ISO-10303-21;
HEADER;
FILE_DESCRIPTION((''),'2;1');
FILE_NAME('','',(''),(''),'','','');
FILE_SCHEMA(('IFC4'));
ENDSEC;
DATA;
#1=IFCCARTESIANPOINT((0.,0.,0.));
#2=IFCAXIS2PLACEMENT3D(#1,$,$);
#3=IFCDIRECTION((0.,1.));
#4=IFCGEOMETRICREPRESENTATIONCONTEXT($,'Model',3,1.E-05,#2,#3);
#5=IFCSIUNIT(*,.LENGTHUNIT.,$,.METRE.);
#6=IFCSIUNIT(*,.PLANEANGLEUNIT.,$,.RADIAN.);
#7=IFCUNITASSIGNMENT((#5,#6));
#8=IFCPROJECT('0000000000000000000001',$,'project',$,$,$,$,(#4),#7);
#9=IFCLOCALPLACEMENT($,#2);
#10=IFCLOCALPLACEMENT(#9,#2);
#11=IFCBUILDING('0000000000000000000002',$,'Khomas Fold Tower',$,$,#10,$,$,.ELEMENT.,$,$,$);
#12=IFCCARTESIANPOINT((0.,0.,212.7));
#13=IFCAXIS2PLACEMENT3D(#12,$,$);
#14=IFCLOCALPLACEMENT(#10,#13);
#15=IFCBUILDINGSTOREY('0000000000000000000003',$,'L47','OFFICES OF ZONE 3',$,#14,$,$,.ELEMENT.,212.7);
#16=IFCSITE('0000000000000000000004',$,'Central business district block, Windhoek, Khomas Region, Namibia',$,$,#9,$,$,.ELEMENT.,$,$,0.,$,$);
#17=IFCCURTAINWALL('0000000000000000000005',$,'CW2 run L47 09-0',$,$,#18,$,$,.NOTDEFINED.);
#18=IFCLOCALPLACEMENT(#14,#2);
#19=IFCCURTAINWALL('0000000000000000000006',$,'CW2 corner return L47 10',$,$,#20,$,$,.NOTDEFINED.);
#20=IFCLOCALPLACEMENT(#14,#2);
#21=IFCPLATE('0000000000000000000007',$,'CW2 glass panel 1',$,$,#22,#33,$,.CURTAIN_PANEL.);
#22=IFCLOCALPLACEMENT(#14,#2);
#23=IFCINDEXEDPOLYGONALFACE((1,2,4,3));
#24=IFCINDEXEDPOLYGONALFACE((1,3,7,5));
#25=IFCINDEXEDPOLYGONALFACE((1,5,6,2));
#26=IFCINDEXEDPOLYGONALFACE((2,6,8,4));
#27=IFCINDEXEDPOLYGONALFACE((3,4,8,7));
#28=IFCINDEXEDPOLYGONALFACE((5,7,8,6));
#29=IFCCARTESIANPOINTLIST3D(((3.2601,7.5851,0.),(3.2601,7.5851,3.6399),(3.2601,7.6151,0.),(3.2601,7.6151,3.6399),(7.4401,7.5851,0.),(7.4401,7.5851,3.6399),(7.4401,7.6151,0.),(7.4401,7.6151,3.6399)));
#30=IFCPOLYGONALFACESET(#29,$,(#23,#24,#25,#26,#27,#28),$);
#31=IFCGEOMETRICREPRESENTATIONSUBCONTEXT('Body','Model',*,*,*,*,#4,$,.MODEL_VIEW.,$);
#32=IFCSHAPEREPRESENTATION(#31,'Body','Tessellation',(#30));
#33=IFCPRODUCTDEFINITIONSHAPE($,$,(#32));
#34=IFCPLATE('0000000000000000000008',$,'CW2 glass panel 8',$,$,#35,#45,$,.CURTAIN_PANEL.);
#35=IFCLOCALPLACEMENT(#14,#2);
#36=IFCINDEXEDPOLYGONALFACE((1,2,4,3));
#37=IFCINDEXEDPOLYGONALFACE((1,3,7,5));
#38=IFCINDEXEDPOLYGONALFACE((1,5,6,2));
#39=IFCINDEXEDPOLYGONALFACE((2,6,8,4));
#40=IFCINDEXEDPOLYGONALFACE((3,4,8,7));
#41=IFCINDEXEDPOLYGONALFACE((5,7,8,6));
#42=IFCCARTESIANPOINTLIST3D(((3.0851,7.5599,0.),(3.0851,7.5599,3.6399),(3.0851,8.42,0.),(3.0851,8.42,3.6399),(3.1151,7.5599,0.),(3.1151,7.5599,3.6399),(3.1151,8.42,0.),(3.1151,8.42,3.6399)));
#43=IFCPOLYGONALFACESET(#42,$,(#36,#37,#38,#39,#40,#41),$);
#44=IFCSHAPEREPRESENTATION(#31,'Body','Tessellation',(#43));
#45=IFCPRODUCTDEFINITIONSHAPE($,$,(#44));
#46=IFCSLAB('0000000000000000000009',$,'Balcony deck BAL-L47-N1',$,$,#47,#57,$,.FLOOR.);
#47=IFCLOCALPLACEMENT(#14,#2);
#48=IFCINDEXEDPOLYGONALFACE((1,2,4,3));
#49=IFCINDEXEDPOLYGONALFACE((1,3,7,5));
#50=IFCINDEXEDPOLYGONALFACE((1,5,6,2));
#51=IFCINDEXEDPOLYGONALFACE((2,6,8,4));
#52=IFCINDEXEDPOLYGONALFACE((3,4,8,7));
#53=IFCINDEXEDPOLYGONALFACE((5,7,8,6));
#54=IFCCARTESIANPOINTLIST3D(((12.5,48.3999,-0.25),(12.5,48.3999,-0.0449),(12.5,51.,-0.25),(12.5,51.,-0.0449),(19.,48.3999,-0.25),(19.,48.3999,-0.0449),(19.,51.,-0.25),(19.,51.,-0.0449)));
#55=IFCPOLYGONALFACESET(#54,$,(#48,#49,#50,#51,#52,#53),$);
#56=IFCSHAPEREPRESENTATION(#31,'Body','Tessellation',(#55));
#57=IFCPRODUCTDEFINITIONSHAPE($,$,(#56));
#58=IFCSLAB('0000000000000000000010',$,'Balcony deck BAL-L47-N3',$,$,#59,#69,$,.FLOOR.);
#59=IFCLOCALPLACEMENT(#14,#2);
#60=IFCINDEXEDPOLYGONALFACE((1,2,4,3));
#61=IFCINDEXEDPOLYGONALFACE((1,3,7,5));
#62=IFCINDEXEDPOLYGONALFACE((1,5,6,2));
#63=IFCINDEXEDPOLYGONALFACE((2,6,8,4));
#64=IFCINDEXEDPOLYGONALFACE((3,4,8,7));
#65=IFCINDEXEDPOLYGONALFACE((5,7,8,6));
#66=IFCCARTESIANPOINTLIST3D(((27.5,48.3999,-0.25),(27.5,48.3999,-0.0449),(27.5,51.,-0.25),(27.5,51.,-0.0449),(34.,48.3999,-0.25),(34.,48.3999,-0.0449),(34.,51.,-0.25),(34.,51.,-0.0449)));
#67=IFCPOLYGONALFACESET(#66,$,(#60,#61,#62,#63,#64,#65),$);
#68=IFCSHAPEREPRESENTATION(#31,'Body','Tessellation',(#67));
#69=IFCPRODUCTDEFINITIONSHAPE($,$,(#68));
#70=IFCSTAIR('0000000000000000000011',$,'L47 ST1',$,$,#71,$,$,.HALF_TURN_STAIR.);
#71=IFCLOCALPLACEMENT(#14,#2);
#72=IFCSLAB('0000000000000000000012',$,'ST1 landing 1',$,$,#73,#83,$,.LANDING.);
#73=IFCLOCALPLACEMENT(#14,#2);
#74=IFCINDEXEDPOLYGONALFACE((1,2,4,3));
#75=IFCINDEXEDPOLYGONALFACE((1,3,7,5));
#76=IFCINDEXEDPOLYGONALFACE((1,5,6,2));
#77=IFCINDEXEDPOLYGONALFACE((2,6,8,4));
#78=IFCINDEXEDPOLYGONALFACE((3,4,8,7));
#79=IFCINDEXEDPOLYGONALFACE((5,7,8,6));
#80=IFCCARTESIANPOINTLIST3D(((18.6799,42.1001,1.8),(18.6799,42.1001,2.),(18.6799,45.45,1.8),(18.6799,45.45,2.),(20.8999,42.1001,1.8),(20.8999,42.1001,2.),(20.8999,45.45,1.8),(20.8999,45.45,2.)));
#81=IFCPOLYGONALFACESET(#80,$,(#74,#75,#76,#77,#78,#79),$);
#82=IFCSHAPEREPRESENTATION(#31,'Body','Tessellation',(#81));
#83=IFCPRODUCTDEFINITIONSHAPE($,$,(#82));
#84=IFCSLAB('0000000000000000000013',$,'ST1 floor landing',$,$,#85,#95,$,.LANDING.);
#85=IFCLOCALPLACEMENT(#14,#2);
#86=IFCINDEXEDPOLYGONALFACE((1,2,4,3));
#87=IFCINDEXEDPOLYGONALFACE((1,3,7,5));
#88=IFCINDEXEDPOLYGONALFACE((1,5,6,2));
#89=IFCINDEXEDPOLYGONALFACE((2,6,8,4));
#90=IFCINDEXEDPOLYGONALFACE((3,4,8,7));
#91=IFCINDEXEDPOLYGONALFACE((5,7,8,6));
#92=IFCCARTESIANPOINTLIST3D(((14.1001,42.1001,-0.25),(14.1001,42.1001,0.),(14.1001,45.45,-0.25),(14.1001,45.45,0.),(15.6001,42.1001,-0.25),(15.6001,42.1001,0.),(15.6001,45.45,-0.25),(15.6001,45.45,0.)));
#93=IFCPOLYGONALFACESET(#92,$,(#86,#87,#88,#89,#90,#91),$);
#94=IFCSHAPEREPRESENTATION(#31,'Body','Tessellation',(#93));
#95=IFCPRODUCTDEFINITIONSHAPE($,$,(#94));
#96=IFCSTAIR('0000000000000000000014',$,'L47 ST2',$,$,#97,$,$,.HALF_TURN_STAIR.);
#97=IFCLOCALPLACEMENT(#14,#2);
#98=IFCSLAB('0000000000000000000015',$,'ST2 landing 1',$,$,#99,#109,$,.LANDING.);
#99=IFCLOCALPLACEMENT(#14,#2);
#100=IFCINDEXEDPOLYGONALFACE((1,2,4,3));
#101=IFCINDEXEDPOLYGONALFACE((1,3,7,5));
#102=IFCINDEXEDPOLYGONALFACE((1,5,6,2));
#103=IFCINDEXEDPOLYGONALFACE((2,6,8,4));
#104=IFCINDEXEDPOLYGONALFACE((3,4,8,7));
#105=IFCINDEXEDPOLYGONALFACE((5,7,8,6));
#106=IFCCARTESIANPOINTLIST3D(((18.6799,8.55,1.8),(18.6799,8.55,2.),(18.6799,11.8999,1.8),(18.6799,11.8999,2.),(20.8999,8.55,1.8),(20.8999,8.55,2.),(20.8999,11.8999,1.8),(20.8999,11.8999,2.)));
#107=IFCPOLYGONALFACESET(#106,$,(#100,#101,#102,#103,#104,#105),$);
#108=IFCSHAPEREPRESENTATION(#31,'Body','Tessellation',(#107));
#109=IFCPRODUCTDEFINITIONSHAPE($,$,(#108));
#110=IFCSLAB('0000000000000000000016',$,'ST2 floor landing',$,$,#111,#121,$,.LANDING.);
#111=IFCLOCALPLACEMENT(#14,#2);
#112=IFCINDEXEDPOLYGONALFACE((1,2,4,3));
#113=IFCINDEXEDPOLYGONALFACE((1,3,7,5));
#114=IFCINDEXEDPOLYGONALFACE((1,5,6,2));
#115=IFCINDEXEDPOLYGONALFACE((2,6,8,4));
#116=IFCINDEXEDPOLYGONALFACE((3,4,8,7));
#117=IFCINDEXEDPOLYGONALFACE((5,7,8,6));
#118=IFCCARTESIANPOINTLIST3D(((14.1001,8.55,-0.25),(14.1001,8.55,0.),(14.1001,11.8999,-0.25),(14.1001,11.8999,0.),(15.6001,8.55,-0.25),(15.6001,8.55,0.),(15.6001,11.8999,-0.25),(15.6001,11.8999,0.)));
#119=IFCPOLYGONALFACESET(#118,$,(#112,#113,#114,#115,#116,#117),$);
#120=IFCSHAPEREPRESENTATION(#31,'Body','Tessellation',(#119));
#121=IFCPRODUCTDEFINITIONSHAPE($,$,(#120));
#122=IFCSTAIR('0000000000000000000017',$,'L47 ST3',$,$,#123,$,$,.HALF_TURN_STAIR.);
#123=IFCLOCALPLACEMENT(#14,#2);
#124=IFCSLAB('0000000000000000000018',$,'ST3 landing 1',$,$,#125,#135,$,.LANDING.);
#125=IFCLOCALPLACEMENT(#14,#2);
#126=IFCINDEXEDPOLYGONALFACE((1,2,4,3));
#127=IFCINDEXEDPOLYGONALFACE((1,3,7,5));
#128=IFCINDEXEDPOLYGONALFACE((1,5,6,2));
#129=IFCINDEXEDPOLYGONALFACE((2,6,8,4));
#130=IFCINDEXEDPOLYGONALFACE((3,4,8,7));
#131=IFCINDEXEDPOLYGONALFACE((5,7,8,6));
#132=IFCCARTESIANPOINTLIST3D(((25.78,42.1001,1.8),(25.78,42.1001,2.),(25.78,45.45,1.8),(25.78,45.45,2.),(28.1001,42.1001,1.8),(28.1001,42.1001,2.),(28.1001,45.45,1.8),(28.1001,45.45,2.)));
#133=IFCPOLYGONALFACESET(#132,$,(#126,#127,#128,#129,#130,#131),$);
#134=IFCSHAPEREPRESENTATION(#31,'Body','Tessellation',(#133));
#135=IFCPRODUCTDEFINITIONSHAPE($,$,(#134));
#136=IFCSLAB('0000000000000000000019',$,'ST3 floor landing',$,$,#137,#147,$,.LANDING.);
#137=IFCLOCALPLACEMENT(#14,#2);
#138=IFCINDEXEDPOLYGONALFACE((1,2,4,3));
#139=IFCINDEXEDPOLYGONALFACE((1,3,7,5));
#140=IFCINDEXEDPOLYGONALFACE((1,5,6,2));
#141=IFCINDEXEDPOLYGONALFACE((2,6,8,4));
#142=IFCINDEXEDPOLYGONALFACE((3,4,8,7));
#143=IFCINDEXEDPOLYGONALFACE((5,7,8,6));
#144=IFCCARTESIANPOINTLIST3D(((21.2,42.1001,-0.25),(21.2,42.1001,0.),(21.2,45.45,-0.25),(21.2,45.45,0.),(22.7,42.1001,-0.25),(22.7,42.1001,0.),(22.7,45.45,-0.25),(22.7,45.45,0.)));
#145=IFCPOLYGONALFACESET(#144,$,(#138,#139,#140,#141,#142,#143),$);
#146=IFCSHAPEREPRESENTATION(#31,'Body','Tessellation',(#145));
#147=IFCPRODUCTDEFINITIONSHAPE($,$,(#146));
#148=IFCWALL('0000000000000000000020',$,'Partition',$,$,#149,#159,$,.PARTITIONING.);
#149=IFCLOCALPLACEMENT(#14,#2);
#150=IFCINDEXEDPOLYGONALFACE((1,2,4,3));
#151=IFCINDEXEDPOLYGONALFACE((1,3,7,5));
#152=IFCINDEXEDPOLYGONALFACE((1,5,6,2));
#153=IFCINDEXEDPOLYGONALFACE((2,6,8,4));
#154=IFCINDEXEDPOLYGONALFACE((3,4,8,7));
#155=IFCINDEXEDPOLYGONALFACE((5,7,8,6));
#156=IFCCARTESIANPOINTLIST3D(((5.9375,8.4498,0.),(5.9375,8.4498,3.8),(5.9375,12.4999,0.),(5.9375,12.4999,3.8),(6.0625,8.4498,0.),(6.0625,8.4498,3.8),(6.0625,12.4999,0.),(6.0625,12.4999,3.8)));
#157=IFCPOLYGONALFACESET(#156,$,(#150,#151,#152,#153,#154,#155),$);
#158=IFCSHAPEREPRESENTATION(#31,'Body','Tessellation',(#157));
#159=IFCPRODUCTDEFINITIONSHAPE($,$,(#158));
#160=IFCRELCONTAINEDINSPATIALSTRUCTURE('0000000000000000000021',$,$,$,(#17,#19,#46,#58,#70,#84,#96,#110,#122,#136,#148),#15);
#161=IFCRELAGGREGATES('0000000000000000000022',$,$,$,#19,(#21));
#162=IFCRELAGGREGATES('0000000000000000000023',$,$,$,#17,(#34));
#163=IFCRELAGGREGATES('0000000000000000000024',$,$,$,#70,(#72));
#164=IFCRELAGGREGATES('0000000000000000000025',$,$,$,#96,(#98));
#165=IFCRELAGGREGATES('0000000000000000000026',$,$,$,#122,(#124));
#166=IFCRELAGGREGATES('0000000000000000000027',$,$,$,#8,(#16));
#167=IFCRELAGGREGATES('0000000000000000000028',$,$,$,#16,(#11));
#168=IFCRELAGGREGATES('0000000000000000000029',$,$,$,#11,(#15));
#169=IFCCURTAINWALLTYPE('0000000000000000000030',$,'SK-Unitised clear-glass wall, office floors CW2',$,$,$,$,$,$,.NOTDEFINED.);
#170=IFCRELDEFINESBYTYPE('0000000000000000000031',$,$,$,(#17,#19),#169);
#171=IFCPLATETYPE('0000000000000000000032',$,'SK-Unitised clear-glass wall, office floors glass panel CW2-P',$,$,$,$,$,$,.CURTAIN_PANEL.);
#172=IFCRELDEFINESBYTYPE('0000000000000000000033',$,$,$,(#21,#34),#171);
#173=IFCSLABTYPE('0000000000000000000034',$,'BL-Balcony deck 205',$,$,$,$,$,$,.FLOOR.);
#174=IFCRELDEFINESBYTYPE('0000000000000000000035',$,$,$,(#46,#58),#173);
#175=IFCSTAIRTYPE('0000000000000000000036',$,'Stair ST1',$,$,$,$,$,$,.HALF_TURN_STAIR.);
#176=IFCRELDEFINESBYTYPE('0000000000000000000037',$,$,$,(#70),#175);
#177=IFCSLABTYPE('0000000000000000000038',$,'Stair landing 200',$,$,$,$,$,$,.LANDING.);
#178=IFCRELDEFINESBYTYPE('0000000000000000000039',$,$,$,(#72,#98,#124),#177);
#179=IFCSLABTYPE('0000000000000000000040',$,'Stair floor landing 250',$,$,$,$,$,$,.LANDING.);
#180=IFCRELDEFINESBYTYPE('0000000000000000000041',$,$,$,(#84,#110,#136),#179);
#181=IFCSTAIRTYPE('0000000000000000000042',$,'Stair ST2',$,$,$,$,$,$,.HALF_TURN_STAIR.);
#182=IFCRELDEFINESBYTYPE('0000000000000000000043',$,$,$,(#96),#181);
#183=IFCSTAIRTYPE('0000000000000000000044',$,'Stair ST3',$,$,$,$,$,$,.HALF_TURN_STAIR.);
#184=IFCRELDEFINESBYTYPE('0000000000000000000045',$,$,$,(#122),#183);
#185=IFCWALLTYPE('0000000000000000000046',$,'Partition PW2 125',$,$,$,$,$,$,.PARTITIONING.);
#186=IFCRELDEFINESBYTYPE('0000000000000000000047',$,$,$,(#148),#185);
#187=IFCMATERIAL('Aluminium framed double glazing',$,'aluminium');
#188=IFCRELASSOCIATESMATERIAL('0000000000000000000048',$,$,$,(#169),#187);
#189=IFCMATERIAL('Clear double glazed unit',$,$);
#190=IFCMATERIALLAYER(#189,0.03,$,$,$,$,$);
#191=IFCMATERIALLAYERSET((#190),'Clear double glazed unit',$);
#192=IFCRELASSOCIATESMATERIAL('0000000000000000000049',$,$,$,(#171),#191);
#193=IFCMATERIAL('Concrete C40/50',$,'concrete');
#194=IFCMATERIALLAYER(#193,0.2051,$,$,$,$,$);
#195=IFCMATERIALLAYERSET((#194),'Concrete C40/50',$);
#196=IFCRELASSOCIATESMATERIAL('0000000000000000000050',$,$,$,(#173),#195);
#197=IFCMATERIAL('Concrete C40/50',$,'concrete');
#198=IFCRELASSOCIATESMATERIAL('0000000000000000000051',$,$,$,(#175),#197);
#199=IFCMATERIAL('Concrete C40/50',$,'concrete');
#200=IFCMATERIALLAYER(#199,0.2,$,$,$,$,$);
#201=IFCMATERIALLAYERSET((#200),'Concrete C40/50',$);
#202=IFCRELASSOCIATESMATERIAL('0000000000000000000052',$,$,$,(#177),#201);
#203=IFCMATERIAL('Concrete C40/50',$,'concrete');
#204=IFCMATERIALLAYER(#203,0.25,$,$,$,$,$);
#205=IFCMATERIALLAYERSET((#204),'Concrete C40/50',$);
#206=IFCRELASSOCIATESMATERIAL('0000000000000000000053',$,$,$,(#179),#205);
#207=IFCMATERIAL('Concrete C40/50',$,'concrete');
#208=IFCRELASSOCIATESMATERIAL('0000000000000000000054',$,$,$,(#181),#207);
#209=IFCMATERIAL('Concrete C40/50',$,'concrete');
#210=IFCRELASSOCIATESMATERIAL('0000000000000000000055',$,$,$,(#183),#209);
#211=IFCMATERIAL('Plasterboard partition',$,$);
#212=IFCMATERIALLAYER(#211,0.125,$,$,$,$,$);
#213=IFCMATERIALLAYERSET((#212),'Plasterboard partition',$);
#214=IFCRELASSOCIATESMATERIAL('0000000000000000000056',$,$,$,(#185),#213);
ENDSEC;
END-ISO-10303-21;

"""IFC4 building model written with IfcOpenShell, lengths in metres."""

from ifc_helpers import new_model, si_unit, direction, frame, frame_2d, origin, origin_2d, place, context, subcontext, project, spatial, polyline, rectangle, outline, extrude, source, transform, mapped, material, layer, layer_set, type_object, element, aggregate, save


model = new_model("IFC4")

# Units and contexts
model_context = context("Model", 3, precision=1e-05, world=origin(), true_north=direction((0.0, 1.0)))
body_context = subcontext(model_context, "Body", "Model", "MODEL_VIEW")
ifc_project = project(units=[si_unit("LENGTHUNIT", "METRE"), si_unit("PLANEANGLEUNIT", "RADIAN")], contexts=[model_context])

# Site, building, storey
site_placement = place(None, origin())
site = spatial("IfcSite", under=ifc_project, at=site_placement, Name="Central business district block, Windhoek, Khomas Region, Namibia", CompositionType="ELEMENT", RefElevation=0.0)
building_placement = place(site_placement, origin())
building = spatial("IfcBuilding", under=site, at=building_placement, Name="Khomas Fold Tower", CompositionType="ELEMENT")
storey_placement = place(building_placement, frame((0.0, 0.0, 212.7)))
storey = spatial("IfcBuildingStorey", under=building, at=storey_placement, Name="L47", Description="OFFICES OF ZONE 3", CompositionType="ELEMENT", Elevation=212.7)

# Curtain walls
ifc_material_1 = material(Name="Aluminium framed double glazing", Category="aluminium")
curtain_wall_type = type_object("IfcCurtainWallType", Name="SK-Unitised clear-glass wall, office floors CW2", PredefinedType="NOTDEFINED", material=ifc_material_1)
curtain_wall_1_placement = place(storey_placement, origin())
curtain_wall_1 = element("IfcCurtainWall", 1, at=curtain_wall_1_placement, inside=storey, type_object=curtain_wall_type, Name="CW2 run L47 09-0", PredefinedType="NOTDEFINED")
curtain_wall_2_placement = place(storey_placement, origin())
curtain_wall_2 = element("IfcCurtainWall", 2, at=curtain_wall_2_placement, inside=storey, type_object=curtain_wall_type, Name="CW2 corner return L47 10", PredefinedType="NOTDEFINED")

# Plates
ifc_material_2 = material(Name="Clear double glazed unit")
ifc_layer_1 = layer(ifc_material_2, 0.03)
ifc_layer_set_1 = layer_set([ifc_layer_1], Name="Clear double glazed unit")
plate_type_1 = type_object("IfcPlateType", Name="SK-Unitised clear-glass wall, office floors glass panel CW2-P", PredefinedType="CURTAIN_PANEL", material=ifc_layer_set_1)
shared_shape_1 = source(origin(), body_context, "Body", "SweptSolid", [
    extrude(rectangle(XDim=4.1799, YDim=0.03, at=origin_2d()), origin(), (0.0, 0.0, 1.0), 3.6399),
])
plate_1_placement = place(storey_placement, frame((5.3501, 7.6001, 0.0), z_axis=(0.0, 0.0, 1.0), x_axis=(1.0, 0.0, 0.0)))
plate_1 = element("IfcPlate", 3, at=plate_1_placement, type_object=plate_type_1, Name="CW2 glass panel 1", PredefinedType="CURTAIN_PANEL", context=body_context, shape_type="MappedRepresentation", body=[
    mapped(shared_shape_1, transform((0.0, 0.0, 0.0))),
])
aggregate(curtain_wall_2, [plate_1])
shared_shape_2 = source(origin(), body_context, "Body", "SweptSolid", [
    extrude(rectangle(XDim=0.8601, YDim=0.03, at=origin_2d()), origin(), (0.0, 0.0, 1.0), 3.6399),
])
plate_2_placement = place(storey_placement, frame((3.1001, 7.99, 0.0), z_axis=(0.0, 0.0, 1.0), x_axis=(0.0, -1.0, 0.0)))
plate_2 = element("IfcPlate", 4, at=plate_2_placement, type_object=plate_type_1, Name="CW2 glass panel 8", PredefinedType="CURTAIN_PANEL", context=body_context, shape_type="MappedRepresentation", body=[
    mapped(shared_shape_2, transform((0.0, 0.0, 0.0))),
])
aggregate(curtain_wall_1, [plate_2])

# Slabs
ifc_material_3 = material(Name="Concrete C40/50", Category="concrete")
ifc_layer_2 = layer(ifc_material_3, 0.2051)
ifc_layer_set_2 = layer_set([ifc_layer_2], Name="Concrete C40/50")
slab_type_1 = type_object("IfcSlabType", Name="BL-Balcony deck 205", PredefinedType="FLOOR", material=ifc_layer_set_2)
shared_shape_3 = source(origin(), body_context, "Body", "SweptSolid", [
    extrude(outline(polyline([(12.5, 48.3999), (19.0, 48.3999), (19.0, 51.0), (12.5, 51.0), (12.5, 48.3999)])), origin(), (0.0, 0.0, 1.0), 0.2051),
])
slab_1_placement = place(storey_placement, frame((0.0, 0.0, -0.25)))
element("IfcSlab", 5, at=slab_1_placement, inside=storey, type_object=slab_type_1, Name="Balcony deck BAL-L47-N1", PredefinedType="FLOOR", context=body_context, shape_type="MappedRepresentation", body=[
    mapped(shared_shape_3, transform((0.0, 0.0, 0.0))),
])
shared_shape_4 = source(origin(), body_context, "Body", "SweptSolid", [
    extrude(outline(polyline([(27.5, 48.3999), (34.0, 48.3999), (34.0, 51.0), (27.5, 51.0), (27.5, 48.3999)])), origin(), (0.0, 0.0, 1.0), 0.2051),
])
slab_2_placement = place(storey_placement, frame((0.0, 0.0, -0.25)))
element("IfcSlab", 6, at=slab_2_placement, inside=storey, type_object=slab_type_1, Name="Balcony deck BAL-L47-N3", PredefinedType="FLOOR", context=body_context, shape_type="MappedRepresentation", body=[
    mapped(shared_shape_4, transform((0.0, 0.0, 0.0))),
])

# Stair, slab
ifc_material_4 = material(Name="Concrete C40/50", Category="concrete")
stair_type_1 = type_object("IfcStairType", Name="Stair ST1", PredefinedType="HALF_TURN_STAIR", material=ifc_material_4)
stair_1_placement = place(storey_placement, origin())
stair_1 = element("IfcStair", 7, at=stair_1_placement, inside=storey, type_object=stair_type_1, Name="L47 ST1", PredefinedType="HALF_TURN_STAIR")
ifc_material_5 = material(Name="Concrete C40/50", Category="concrete")
ifc_layer_3 = layer(ifc_material_5, 0.2)
ifc_layer_set_3 = layer_set([ifc_layer_3], Name="Concrete C40/50")
slab_type_2 = type_object("IfcSlabType", Name="Stair landing 200", PredefinedType="LANDING", material=ifc_layer_set_3)
shared_shape_5 = source(origin(), body_context, "Body", "SweptSolid", [
    extrude(outline(polyline([(18.6799, 42.1001), (20.8999, 42.1001), (20.8999, 45.45), (18.6799, 45.45), (18.6799, 42.1001)])), origin(), (0.0, 0.0, 1.0), 0.2),
])
slab_3_placement = place(storey_placement, frame((0.0, 0.0, 1.8)))
slab_3 = element("IfcSlab", 8, at=slab_3_placement, type_object=slab_type_2, Name="ST1 landing 1", PredefinedType="LANDING", context=body_context, shape_type="MappedRepresentation", body=[
    mapped(shared_shape_5, transform((0.0, 0.0, 0.0))),
])
aggregate(stair_1, [slab_3])

# Slab
ifc_material_6 = material(Name="Concrete C40/50", Category="concrete")
ifc_layer_4 = layer(ifc_material_6, 0.25)
ifc_layer_set_4 = layer_set([ifc_layer_4], Name="Concrete C40/50")
slab_type_3 = type_object("IfcSlabType", Name="Stair floor landing 250", PredefinedType="LANDING", material=ifc_layer_set_4)
shared_shape_6 = source(origin(), body_context, "Body", "SweptSolid", [
    extrude(outline(polyline([(15.6001, 42.1001), (14.1001, 42.1001), (14.1001, 45.45), (15.6001, 45.45), (15.6001, 42.1001)])), origin(), (0.0, 0.0, 1.0), 0.25),
])
slab_4_placement = place(storey_placement, frame((0.0, 0.0, -0.25)))
element("IfcSlab", 9, at=slab_4_placement, inside=storey, type_object=slab_type_3, Name="ST1 floor landing", PredefinedType="LANDING", context=body_context, shape_type="MappedRepresentation", body=[
    mapped(shared_shape_6, transform((0.0, 0.0, 0.0))),
])

# Stair, slab
ifc_material_7 = material(Name="Concrete C40/50", Category="concrete")
stair_type_2 = type_object("IfcStairType", Name="Stair ST2", PredefinedType="HALF_TURN_STAIR", material=ifc_material_7)
stair_2_placement = place(storey_placement, origin())
stair_2 = element("IfcStair", 10, at=stair_2_placement, inside=storey, type_object=stair_type_2, Name="L47 ST2", PredefinedType="HALF_TURN_STAIR")
shared_shape_7 = source(origin(), body_context, "Body", "SweptSolid", [
    extrude(outline(polyline([(18.6799, 8.55), (20.8999, 8.55), (20.8999, 11.8999), (18.6799, 11.8999), (18.6799, 8.55)])), origin(), (0.0, 0.0, 1.0), 0.2),
])
slab_5_placement = place(storey_placement, frame((0.0, 0.0, 1.8)))
slab_5 = element("IfcSlab", 11, at=slab_5_placement, type_object=slab_type_2, Name="ST2 landing 1", PredefinedType="LANDING", context=body_context, shape_type="MappedRepresentation", body=[
    mapped(shared_shape_7, transform((0.0, 0.0, 0.0))),
])
aggregate(stair_2, [slab_5])

# Slab
shared_shape_8 = source(origin(), body_context, "Body", "SweptSolid", [
    extrude(outline(polyline([(15.6001, 8.55), (14.1001, 8.55), (14.1001, 11.8999), (15.6001, 11.8999), (15.6001, 8.55)])), origin(), (0.0, 0.0, 1.0), 0.25),
])
slab_6_placement = place(storey_placement, frame((0.0, 0.0, -0.25)))
element("IfcSlab", 12, at=slab_6_placement, inside=storey, type_object=slab_type_3, Name="ST2 floor landing", PredefinedType="LANDING", context=body_context, shape_type="MappedRepresentation", body=[
    mapped(shared_shape_8, transform((0.0, 0.0, 0.0))),
])

# Stair, slab
ifc_material_8 = material(Name="Concrete C40/50", Category="concrete")
stair_type_3 = type_object("IfcStairType", Name="Stair ST3", PredefinedType="HALF_TURN_STAIR", material=ifc_material_8)
stair_3_placement = place(storey_placement, origin())
stair_3 = element("IfcStair", 13, at=stair_3_placement, inside=storey, type_object=stair_type_3, Name="L47 ST3", PredefinedType="HALF_TURN_STAIR")
shared_shape_9 = source(origin(), body_context, "Body", "SweptSolid", [
    extrude(outline(polyline([(25.78, 42.1001), (28.1001, 42.1001), (28.1001, 45.45), (25.78, 45.45), (25.78, 42.1001)])), origin(), (0.0, 0.0, 1.0), 0.2),
])
slab_7_placement = place(storey_placement, frame((0.0, 0.0, 1.8)))
slab_7 = element("IfcSlab", 14, at=slab_7_placement, type_object=slab_type_2, Name="ST3 landing 1", PredefinedType="LANDING", context=body_context, shape_type="MappedRepresentation", body=[
    mapped(shared_shape_9, transform((0.0, 0.0, 0.0))),
])
aggregate(stair_3, [slab_7])

# Slab
shared_shape_10 = source(origin(), body_context, "Body", "SweptSolid", [
    extrude(outline(polyline([(22.7, 42.1001), (21.2, 42.1001), (21.2, 45.45), (22.7, 45.45), (22.7, 42.1001)])), origin(), (0.0, 0.0, 1.0), 0.25),
])
slab_8_placement = place(storey_placement, frame((0.0, 0.0, -0.25)))
element("IfcSlab", 15, at=slab_8_placement, inside=storey, type_object=slab_type_3, Name="ST3 floor landing", PredefinedType="LANDING", context=body_context, shape_type="MappedRepresentation", body=[
    mapped(shared_shape_10, transform((0.0, 0.0, 0.0))),
])

# Wall
ifc_material_9 = material(Name="Plasterboard partition")
ifc_layer_5 = layer(ifc_material_9, 0.125)
ifc_layer_set_5 = layer_set([ifc_layer_5], Name="Plasterboard partition")
wall_type = type_object("IfcWallType", Name="Partition PW2 125", PredefinedType="PARTITIONING", material=ifc_layer_set_5)
shared_shape_11 = source(origin(), body_context, "Body", "SweptSolid", [
    extrude(rectangle(XDim=4.05, YDim=0.125, at=frame_2d((2.0249, 0.0))), origin(), (0.0, 0.0, 1.0), 3.8),
])
wall_1_placement = place(storey_placement, frame((6.0, 8.45, 0.0), z_axis=(0.0, 0.0, 1.0), x_axis=(0.0, 1.0, 0.0)))
element("IfcWall", 16, at=wall_1_placement, inside=storey, type_object=wall_type, Name="Partition", PredefinedType="PARTITIONING", context=body_context, shape_type="MappedRepresentation", body=[
    mapped(shared_shape_11, transform((0.0, 0.0, 0.0))),
])

save(model, "model.ifc")
